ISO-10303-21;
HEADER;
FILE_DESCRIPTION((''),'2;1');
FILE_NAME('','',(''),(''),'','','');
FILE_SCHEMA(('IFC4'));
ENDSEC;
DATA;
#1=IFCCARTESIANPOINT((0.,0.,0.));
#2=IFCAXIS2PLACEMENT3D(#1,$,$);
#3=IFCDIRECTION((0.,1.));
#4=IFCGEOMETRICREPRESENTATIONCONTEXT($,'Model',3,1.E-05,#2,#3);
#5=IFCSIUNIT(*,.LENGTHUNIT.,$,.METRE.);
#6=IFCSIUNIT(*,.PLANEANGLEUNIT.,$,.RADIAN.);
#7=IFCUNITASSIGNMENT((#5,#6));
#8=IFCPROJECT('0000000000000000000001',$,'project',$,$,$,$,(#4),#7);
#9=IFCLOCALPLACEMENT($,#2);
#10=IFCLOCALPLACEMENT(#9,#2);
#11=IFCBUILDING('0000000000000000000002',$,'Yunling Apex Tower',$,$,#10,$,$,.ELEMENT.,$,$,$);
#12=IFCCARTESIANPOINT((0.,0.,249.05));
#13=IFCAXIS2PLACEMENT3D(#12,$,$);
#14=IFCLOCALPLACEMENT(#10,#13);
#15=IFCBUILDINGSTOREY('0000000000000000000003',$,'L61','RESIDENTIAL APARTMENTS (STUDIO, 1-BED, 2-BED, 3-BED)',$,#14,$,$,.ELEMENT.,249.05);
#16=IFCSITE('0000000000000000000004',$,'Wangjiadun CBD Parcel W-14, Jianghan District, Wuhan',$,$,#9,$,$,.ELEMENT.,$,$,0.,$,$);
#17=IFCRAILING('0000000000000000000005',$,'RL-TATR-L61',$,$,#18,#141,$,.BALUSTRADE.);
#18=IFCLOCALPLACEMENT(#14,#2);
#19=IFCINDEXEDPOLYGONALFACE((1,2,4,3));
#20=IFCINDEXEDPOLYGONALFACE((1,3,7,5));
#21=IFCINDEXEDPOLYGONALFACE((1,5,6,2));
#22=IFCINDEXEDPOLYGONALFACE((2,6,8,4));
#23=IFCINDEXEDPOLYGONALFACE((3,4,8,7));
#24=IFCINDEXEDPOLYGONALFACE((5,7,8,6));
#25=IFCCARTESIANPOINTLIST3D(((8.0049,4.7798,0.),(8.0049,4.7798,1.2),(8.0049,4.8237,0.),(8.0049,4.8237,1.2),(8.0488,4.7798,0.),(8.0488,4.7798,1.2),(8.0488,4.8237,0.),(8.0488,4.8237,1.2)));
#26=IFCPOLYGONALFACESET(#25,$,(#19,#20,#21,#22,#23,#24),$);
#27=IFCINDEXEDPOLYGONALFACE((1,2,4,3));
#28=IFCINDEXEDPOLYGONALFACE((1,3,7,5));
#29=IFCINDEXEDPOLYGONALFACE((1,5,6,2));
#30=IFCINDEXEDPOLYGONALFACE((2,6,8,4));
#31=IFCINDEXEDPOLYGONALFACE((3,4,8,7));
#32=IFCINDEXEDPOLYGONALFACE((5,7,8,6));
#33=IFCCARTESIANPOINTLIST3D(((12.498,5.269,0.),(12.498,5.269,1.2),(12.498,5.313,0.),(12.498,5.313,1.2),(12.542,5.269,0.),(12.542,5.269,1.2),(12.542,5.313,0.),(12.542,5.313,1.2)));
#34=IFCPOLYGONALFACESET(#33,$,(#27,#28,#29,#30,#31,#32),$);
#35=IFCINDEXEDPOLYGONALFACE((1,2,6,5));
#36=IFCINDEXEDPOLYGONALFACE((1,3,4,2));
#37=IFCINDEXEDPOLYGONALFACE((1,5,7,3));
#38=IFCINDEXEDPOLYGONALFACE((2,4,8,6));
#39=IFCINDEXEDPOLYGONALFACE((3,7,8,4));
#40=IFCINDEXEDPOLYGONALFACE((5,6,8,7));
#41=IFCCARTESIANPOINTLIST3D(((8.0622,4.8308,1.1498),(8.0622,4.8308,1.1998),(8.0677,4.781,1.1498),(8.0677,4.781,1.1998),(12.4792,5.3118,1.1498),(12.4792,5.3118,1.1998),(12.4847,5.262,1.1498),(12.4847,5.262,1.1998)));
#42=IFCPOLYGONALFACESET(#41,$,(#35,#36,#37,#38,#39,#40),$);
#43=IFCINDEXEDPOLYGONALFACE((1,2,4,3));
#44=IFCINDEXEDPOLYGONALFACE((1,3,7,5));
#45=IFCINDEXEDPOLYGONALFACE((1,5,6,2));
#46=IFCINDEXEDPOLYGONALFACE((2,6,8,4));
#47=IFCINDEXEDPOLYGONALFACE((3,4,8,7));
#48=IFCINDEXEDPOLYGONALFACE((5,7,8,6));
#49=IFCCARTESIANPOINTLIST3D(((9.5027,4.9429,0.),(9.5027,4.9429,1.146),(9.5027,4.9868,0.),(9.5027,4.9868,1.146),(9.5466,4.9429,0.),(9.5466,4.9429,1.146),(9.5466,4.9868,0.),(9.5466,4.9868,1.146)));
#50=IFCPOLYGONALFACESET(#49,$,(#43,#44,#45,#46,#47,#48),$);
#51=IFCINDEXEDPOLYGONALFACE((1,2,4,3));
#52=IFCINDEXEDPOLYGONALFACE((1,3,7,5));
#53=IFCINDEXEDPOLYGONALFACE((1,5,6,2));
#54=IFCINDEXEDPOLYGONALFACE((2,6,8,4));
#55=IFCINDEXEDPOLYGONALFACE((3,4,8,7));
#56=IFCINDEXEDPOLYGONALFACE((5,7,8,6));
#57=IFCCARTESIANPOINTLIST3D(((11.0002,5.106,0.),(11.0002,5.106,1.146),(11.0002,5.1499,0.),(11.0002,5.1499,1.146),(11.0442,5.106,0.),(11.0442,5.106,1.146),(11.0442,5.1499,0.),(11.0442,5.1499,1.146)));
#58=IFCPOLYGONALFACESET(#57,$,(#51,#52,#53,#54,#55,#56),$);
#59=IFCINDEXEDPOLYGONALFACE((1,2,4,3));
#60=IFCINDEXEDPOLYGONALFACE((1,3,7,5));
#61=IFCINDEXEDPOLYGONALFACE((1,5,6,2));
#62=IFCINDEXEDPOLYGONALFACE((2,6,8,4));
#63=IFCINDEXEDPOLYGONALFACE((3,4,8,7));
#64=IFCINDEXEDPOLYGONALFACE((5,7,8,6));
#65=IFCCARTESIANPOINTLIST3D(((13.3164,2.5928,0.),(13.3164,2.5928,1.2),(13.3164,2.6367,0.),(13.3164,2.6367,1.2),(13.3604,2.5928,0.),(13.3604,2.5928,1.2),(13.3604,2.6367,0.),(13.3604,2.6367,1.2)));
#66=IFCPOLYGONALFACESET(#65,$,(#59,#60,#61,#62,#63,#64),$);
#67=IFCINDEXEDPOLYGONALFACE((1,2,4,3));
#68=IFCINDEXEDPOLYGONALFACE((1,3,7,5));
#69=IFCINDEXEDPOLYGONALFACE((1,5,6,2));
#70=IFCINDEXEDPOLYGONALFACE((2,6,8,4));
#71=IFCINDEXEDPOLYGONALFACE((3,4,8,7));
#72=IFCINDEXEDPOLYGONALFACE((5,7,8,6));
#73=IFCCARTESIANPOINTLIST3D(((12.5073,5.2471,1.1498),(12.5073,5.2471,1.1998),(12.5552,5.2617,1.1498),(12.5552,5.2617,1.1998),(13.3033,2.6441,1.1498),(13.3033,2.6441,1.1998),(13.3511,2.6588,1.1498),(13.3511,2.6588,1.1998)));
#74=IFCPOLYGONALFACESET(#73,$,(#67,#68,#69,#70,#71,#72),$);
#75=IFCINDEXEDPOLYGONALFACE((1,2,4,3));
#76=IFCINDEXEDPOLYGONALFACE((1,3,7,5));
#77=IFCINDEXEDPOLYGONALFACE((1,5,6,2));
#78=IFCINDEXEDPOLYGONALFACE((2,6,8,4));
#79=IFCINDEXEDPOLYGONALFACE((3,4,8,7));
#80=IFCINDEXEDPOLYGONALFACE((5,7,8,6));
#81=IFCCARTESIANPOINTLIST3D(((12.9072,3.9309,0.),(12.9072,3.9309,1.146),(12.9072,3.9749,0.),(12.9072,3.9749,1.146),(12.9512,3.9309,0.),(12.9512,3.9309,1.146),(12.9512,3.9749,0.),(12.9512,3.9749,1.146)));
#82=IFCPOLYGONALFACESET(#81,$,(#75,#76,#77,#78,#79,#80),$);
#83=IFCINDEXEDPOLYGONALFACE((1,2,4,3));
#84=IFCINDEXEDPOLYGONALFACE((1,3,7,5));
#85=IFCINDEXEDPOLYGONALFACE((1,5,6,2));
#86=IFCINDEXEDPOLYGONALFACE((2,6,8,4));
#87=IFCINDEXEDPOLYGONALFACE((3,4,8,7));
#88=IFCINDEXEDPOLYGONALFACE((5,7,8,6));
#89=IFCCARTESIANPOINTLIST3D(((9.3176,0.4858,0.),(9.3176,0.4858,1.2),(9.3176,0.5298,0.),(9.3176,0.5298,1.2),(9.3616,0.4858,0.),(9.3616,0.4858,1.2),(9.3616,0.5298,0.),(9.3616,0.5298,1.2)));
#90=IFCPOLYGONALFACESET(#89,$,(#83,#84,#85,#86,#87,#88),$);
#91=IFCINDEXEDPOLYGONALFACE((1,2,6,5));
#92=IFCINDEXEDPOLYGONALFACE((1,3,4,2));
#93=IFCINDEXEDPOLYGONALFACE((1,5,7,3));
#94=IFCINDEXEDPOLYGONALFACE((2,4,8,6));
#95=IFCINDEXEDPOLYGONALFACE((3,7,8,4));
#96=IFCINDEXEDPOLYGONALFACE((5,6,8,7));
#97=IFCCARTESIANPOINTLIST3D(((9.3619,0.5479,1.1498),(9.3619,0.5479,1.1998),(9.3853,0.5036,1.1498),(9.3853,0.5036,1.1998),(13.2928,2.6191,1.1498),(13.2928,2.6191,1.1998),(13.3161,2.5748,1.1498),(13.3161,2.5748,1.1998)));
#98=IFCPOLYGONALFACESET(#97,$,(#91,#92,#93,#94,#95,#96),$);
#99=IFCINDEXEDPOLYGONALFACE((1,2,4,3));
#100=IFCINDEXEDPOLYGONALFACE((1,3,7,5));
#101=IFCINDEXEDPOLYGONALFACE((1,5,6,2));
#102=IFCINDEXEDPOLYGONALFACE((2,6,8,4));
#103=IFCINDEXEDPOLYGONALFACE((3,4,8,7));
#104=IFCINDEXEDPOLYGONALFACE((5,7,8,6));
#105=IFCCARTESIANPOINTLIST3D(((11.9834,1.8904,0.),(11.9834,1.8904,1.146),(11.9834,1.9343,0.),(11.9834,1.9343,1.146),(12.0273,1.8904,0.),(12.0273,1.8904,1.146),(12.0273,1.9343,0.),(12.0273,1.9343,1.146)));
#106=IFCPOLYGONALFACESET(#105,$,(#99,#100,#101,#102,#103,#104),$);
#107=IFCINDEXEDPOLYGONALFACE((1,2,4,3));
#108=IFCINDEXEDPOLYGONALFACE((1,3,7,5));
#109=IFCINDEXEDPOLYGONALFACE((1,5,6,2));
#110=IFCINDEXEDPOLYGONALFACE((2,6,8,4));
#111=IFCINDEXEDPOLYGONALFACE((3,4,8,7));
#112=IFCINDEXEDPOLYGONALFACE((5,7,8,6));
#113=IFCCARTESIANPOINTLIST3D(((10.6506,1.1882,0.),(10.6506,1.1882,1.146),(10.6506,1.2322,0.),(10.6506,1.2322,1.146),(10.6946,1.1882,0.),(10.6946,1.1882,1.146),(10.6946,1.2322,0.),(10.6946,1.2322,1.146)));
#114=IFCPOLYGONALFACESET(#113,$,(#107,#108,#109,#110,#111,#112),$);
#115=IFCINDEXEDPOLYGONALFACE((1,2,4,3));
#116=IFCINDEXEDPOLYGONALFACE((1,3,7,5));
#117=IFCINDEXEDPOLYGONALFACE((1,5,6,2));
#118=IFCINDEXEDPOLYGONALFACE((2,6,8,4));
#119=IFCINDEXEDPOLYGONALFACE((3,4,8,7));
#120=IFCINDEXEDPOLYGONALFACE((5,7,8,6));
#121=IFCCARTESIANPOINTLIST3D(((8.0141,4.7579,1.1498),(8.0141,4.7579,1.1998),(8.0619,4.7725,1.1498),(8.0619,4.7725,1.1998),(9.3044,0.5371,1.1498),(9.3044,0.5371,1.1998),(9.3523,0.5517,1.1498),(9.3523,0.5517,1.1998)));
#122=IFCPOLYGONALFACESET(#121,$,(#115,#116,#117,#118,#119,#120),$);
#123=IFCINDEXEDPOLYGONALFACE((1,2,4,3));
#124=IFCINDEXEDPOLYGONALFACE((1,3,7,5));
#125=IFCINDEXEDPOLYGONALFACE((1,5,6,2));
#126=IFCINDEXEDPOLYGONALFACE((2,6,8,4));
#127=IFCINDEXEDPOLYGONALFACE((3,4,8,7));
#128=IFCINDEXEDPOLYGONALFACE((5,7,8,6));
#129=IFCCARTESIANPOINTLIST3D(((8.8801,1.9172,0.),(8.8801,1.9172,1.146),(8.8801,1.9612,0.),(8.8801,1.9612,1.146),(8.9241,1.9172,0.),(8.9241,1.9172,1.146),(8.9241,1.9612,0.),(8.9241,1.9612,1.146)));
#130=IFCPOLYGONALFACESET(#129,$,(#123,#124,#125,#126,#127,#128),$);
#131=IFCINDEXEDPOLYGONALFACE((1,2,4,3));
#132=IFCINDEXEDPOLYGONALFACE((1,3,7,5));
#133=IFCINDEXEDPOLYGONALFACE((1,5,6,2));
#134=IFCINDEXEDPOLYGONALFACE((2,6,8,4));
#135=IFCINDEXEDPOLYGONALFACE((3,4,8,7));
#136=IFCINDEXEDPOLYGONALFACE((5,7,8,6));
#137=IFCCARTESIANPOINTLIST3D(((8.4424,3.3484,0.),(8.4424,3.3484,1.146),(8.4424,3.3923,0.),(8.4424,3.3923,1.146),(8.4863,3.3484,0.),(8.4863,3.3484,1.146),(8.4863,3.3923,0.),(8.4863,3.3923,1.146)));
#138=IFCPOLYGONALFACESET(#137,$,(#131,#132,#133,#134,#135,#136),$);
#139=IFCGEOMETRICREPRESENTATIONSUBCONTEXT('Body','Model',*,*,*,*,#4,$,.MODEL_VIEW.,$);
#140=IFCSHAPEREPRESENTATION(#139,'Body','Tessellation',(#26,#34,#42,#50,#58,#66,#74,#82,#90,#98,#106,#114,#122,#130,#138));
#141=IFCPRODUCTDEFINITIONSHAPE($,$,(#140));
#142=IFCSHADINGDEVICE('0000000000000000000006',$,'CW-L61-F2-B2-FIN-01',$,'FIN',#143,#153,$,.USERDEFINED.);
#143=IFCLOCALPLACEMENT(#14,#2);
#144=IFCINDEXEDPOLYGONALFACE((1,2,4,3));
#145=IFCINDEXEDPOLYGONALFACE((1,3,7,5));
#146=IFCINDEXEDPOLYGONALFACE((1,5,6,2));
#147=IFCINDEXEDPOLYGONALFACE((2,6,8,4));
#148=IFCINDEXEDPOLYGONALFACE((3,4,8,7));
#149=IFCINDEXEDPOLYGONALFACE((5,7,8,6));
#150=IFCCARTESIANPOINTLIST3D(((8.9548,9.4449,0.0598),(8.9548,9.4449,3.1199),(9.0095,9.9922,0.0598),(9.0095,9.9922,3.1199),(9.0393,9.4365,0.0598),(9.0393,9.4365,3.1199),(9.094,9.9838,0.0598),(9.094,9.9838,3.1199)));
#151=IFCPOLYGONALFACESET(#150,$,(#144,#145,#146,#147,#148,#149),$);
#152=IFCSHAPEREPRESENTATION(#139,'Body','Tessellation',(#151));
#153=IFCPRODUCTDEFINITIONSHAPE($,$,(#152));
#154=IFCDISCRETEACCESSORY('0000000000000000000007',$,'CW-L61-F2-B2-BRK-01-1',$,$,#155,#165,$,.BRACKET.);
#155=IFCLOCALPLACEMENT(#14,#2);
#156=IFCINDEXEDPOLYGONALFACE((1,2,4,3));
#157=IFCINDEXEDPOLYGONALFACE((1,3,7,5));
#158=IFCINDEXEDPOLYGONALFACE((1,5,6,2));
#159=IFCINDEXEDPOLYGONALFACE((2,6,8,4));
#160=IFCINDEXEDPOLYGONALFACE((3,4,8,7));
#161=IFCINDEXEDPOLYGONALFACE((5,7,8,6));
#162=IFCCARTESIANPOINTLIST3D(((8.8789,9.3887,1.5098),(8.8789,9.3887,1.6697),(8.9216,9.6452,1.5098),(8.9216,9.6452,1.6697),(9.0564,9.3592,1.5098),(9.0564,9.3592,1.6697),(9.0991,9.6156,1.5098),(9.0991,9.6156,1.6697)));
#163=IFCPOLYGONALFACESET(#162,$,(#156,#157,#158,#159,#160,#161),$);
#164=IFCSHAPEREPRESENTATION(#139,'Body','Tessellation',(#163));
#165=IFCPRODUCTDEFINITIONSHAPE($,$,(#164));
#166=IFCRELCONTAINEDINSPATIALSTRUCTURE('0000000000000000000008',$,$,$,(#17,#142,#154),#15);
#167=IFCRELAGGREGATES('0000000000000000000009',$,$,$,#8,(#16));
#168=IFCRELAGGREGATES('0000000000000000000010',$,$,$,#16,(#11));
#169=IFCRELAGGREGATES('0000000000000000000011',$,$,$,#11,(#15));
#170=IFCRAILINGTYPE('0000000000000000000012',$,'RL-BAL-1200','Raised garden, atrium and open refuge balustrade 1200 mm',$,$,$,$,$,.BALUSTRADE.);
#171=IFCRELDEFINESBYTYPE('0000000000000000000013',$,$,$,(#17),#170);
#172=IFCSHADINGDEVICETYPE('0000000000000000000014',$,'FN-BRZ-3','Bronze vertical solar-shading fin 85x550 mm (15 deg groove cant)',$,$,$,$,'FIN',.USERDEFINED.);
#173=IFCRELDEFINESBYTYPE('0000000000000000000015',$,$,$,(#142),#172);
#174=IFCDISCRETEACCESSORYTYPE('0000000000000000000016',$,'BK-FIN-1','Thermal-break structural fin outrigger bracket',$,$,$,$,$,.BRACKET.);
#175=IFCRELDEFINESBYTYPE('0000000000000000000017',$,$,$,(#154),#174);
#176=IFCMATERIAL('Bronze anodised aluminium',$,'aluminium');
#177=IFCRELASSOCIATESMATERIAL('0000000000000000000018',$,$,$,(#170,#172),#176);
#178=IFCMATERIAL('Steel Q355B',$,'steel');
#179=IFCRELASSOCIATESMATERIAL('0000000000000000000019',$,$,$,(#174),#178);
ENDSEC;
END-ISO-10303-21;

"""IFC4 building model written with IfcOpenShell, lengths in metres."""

from ifc_helpers import new_model, si_unit, direction, frame, origin, origin_2d, place, context, subcontext, project, spatial, rectangle, extrude, source, transform, mapped, material, material_profile, profile_set, type_object, element, save


model = new_model("IFC4")

# Units and contexts
model_context = context("Model", 3, precision=1e-05, world=origin(), true_north=direction((0.0, 1.0)))
body_context = subcontext(model_context, "Body", "Model", "MODEL_VIEW")
ifc_project = project(units=[si_unit("LENGTHUNIT", "METRE"), si_unit("PLANEANGLEUNIT", "RADIAN")], contexts=[model_context])

# Site, building, storey
site_placement = place(None, origin())
site = spatial("IfcSite", under=ifc_project, at=site_placement, Name="Wangjiadun CBD Parcel W-14, Jianghan District, Wuhan", CompositionType="ELEMENT", RefElevation=0.0)
building_placement = place(site_placement, origin())
building = spatial("IfcBuilding", under=site, at=building_placement, Name="Yunling Apex Tower", CompositionType="ELEMENT")
storey_placement = place(building_placement, frame((0.0, 0.0, 249.05)))
storey = spatial("IfcBuildingStorey", under=building, at=storey_placement, Name="L61", Description="RESIDENTIAL APARTMENTS (STUDIO, 1-BED, 2-BED, 3-BED)", CompositionType="ELEMENT", Elevation=249.05)

# Shared definitions
ifc_material_1 = material(Name="Steel Q355B", Category="steel")

# Shared definitions
ifc_material_2 = material(Name="Bronze anodised aluminium", Category="aluminium")

# Railing
railing_type = type_object("IfcRailingType", Name="RL-BAL-1200", Description="Raised garden, atrium and open refuge balustrade 1200 mm", PredefinedType="BALUSTRADE", material=ifc_material_2)
railing_1_placement = place(storey_placement, frame((8.0269, 4.8018, 0.0)))
element("IfcRailing", 1, at=railing_1_placement, inside=storey, type_object=railing_type, Name="RL-TATR-L61", PredefinedType="BALUSTRADE", context=body_context, shape_type="SweptSolid", body=[
    extrude(rectangle(XDim=0.0439, YDim=0.0439, at=origin_2d()), origin(), (0.0, 0.0, 1.0), 1.2),
    extrude(rectangle(XDim=0.0439, YDim=0.0439, at=origin_2d()), frame((4.4932, 0.4893, 0.0)), (0.0, 0.0, 1.0), 1.2),
    extrude(rectangle(XDim=0.05, YDim=0.05, at=origin_2d()), frame((0.0381, 0.0042, 1.1748), z_axis=(0.994124, 0.10825, 0.0), x_axis=(-0.10825, 0.994124, 0.0)), (0.0, 0.0, 1.0), 4.4431),
    extrude(rectangle(XDim=0.0439, YDim=0.0439, at=origin_2d()), frame((1.4978, 0.1631, 0.0)), (0.0, 0.0, 1.0), 1.146),
    extrude(rectangle(XDim=0.0439, YDim=0.0439, at=origin_2d()), frame((2.9954, 0.3262, 0.0)), (0.0, 0.0, 1.0), 1.146),
    extrude(rectangle(XDim=0.0439, YDim=0.0439, at=origin_2d()), frame((5.3115, -2.187, 0.0)), (0.0, 0.0, 1.0), 1.2),
    extrude(rectangle(XDim=0.05, YDim=0.05, at=origin_2d()), frame((4.5044, 0.4526, 1.1748), z_axis=(0.292418, -0.956291, 0.0), x_axis=(0.956291, 0.292418, 0.0)), (0.0, 0.0, 1.0), 2.7219),
    extrude(rectangle(XDim=0.0439, YDim=0.0439, at=origin_2d()), frame((4.9023, -0.8489, 0.0)), (0.0, 0.0, 1.0), 1.146),
    extrude(rectangle(XDim=0.0439, YDim=0.0439, at=origin_2d()), frame((1.3127, -4.2939, 0.0)), (0.0, 0.0, 1.0), 1.2),
    extrude(rectangle(XDim=0.05, YDim=0.05, at=origin_2d()), frame((5.2776, -2.2048, 1.1748), z_axis=(-0.884707, -0.466147, 0.0), x_axis=(0.466147, -0.884707, 0.0)), (0.0, 0.0, 1.0), 4.4431),
    extrude(rectangle(XDim=0.0439, YDim=0.0439, at=origin_2d()), frame((3.9785, -2.8894, 0.0)), (0.0, 0.0, 1.0), 1.146),
    extrude(rectangle(XDim=0.0439, YDim=0.0439, at=origin_2d()), frame((2.6458, -3.5916, 0.0)), (0.0, 0.0, 1.0), 1.146),
    extrude(rectangle(XDim=0.05, YDim=0.05, at=origin_2d()), frame((1.3015, -4.2573, 1.1748), z_axis=(-0.292362, 0.956308, 0.0), x_axis=(-0.956308, -0.292362, 0.0)), (0.0, 0.0, 1.0), 4.4136),
    extrude(rectangle(XDim=0.0439, YDim=0.0439, at=origin_2d()), frame((0.8752, -2.8625, 0.0)), (0.0, 0.0, 1.0), 1.146),
    extrude(rectangle(XDim=0.0439, YDim=0.0439, at=origin_2d()), frame((0.4375, -1.4314, 0.0)), (0.0, 0.0, 1.0), 1.146),
])

# Shading device
ifc_material_profile_1 = material_profile(ifc_material_2, rectangle(XDim=0.085, YDim=0.55, at=origin_2d()))
ifc_profile_set_1 = profile_set([ifc_material_profile_1], Name="Bronze anodised aluminium")
shading_device_type = type_object("IfcShadingDeviceType", Name="FN-BRZ-3", Description="Bronze vertical solar-shading fin 85x550 mm (15 deg groove cant)", ElementType="FIN", PredefinedType="USERDEFINED", material=ifc_profile_set_1)
shared_shape_1 = source(origin(), body_context, "Body", "SweptSolid", [
    extrude(rectangle(XDim=0.085, YDim=0.55, at=origin_2d()), origin(), (0.0, 0.0, 1.0), 3.0601),
])
shading_device_placement = place(storey_placement, frame((9.0244, 9.7144, 0.0598), z_axis=(0.0, 0.0, 1.0), x_axis=(-0.995038, 0.099493, 0.0)))
element("IfcShadingDevice", 2, at=shading_device_placement, inside=storey, type_object=shading_device_type, Name="CW-L61-F2-B2-FIN-01", ObjectType="FIN", PredefinedType="USERDEFINED", context=body_context, shape_type="MappedRepresentation", body=[
    mapped(shared_shape_1, transform((0.0, 0.0, 0.0), scale=1.0)),
])

# Discrete accessory
discrete_accessory_type = type_object("IfcDiscreteAccessoryType", Name="BK-FIN-1", Description="Thermal-break structural fin outrigger bracket", PredefinedType="BRACKET", material=ifc_material_1)
shared_shape_2 = source(origin(), body_context, "Body", "SweptSolid", [
    extrude(rectangle(XDim=0.1799, YDim=0.26, at=origin_2d()), origin(), (0.0, 0.0, 1.0), 0.1599),
])
discrete_accessory_placement = place(storey_placement, frame((8.989, 9.5022, 1.5098), z_axis=(0.0, 0.0, 1.0), x_axis=(-0.986401, 0.164359, 0.0)))
element("IfcDiscreteAccessory", 3, at=discrete_accessory_placement, inside=storey, type_object=discrete_accessory_type, Name="CW-L61-F2-B2-BRK-01-1", PredefinedType="BRACKET", context=body_context, shape_type="MappedRepresentation", body=[
    mapped(shared_shape_2, transform((0.0, 0.0, 0.0), scale=1.0)),
])

save(model, "model.ifc")
